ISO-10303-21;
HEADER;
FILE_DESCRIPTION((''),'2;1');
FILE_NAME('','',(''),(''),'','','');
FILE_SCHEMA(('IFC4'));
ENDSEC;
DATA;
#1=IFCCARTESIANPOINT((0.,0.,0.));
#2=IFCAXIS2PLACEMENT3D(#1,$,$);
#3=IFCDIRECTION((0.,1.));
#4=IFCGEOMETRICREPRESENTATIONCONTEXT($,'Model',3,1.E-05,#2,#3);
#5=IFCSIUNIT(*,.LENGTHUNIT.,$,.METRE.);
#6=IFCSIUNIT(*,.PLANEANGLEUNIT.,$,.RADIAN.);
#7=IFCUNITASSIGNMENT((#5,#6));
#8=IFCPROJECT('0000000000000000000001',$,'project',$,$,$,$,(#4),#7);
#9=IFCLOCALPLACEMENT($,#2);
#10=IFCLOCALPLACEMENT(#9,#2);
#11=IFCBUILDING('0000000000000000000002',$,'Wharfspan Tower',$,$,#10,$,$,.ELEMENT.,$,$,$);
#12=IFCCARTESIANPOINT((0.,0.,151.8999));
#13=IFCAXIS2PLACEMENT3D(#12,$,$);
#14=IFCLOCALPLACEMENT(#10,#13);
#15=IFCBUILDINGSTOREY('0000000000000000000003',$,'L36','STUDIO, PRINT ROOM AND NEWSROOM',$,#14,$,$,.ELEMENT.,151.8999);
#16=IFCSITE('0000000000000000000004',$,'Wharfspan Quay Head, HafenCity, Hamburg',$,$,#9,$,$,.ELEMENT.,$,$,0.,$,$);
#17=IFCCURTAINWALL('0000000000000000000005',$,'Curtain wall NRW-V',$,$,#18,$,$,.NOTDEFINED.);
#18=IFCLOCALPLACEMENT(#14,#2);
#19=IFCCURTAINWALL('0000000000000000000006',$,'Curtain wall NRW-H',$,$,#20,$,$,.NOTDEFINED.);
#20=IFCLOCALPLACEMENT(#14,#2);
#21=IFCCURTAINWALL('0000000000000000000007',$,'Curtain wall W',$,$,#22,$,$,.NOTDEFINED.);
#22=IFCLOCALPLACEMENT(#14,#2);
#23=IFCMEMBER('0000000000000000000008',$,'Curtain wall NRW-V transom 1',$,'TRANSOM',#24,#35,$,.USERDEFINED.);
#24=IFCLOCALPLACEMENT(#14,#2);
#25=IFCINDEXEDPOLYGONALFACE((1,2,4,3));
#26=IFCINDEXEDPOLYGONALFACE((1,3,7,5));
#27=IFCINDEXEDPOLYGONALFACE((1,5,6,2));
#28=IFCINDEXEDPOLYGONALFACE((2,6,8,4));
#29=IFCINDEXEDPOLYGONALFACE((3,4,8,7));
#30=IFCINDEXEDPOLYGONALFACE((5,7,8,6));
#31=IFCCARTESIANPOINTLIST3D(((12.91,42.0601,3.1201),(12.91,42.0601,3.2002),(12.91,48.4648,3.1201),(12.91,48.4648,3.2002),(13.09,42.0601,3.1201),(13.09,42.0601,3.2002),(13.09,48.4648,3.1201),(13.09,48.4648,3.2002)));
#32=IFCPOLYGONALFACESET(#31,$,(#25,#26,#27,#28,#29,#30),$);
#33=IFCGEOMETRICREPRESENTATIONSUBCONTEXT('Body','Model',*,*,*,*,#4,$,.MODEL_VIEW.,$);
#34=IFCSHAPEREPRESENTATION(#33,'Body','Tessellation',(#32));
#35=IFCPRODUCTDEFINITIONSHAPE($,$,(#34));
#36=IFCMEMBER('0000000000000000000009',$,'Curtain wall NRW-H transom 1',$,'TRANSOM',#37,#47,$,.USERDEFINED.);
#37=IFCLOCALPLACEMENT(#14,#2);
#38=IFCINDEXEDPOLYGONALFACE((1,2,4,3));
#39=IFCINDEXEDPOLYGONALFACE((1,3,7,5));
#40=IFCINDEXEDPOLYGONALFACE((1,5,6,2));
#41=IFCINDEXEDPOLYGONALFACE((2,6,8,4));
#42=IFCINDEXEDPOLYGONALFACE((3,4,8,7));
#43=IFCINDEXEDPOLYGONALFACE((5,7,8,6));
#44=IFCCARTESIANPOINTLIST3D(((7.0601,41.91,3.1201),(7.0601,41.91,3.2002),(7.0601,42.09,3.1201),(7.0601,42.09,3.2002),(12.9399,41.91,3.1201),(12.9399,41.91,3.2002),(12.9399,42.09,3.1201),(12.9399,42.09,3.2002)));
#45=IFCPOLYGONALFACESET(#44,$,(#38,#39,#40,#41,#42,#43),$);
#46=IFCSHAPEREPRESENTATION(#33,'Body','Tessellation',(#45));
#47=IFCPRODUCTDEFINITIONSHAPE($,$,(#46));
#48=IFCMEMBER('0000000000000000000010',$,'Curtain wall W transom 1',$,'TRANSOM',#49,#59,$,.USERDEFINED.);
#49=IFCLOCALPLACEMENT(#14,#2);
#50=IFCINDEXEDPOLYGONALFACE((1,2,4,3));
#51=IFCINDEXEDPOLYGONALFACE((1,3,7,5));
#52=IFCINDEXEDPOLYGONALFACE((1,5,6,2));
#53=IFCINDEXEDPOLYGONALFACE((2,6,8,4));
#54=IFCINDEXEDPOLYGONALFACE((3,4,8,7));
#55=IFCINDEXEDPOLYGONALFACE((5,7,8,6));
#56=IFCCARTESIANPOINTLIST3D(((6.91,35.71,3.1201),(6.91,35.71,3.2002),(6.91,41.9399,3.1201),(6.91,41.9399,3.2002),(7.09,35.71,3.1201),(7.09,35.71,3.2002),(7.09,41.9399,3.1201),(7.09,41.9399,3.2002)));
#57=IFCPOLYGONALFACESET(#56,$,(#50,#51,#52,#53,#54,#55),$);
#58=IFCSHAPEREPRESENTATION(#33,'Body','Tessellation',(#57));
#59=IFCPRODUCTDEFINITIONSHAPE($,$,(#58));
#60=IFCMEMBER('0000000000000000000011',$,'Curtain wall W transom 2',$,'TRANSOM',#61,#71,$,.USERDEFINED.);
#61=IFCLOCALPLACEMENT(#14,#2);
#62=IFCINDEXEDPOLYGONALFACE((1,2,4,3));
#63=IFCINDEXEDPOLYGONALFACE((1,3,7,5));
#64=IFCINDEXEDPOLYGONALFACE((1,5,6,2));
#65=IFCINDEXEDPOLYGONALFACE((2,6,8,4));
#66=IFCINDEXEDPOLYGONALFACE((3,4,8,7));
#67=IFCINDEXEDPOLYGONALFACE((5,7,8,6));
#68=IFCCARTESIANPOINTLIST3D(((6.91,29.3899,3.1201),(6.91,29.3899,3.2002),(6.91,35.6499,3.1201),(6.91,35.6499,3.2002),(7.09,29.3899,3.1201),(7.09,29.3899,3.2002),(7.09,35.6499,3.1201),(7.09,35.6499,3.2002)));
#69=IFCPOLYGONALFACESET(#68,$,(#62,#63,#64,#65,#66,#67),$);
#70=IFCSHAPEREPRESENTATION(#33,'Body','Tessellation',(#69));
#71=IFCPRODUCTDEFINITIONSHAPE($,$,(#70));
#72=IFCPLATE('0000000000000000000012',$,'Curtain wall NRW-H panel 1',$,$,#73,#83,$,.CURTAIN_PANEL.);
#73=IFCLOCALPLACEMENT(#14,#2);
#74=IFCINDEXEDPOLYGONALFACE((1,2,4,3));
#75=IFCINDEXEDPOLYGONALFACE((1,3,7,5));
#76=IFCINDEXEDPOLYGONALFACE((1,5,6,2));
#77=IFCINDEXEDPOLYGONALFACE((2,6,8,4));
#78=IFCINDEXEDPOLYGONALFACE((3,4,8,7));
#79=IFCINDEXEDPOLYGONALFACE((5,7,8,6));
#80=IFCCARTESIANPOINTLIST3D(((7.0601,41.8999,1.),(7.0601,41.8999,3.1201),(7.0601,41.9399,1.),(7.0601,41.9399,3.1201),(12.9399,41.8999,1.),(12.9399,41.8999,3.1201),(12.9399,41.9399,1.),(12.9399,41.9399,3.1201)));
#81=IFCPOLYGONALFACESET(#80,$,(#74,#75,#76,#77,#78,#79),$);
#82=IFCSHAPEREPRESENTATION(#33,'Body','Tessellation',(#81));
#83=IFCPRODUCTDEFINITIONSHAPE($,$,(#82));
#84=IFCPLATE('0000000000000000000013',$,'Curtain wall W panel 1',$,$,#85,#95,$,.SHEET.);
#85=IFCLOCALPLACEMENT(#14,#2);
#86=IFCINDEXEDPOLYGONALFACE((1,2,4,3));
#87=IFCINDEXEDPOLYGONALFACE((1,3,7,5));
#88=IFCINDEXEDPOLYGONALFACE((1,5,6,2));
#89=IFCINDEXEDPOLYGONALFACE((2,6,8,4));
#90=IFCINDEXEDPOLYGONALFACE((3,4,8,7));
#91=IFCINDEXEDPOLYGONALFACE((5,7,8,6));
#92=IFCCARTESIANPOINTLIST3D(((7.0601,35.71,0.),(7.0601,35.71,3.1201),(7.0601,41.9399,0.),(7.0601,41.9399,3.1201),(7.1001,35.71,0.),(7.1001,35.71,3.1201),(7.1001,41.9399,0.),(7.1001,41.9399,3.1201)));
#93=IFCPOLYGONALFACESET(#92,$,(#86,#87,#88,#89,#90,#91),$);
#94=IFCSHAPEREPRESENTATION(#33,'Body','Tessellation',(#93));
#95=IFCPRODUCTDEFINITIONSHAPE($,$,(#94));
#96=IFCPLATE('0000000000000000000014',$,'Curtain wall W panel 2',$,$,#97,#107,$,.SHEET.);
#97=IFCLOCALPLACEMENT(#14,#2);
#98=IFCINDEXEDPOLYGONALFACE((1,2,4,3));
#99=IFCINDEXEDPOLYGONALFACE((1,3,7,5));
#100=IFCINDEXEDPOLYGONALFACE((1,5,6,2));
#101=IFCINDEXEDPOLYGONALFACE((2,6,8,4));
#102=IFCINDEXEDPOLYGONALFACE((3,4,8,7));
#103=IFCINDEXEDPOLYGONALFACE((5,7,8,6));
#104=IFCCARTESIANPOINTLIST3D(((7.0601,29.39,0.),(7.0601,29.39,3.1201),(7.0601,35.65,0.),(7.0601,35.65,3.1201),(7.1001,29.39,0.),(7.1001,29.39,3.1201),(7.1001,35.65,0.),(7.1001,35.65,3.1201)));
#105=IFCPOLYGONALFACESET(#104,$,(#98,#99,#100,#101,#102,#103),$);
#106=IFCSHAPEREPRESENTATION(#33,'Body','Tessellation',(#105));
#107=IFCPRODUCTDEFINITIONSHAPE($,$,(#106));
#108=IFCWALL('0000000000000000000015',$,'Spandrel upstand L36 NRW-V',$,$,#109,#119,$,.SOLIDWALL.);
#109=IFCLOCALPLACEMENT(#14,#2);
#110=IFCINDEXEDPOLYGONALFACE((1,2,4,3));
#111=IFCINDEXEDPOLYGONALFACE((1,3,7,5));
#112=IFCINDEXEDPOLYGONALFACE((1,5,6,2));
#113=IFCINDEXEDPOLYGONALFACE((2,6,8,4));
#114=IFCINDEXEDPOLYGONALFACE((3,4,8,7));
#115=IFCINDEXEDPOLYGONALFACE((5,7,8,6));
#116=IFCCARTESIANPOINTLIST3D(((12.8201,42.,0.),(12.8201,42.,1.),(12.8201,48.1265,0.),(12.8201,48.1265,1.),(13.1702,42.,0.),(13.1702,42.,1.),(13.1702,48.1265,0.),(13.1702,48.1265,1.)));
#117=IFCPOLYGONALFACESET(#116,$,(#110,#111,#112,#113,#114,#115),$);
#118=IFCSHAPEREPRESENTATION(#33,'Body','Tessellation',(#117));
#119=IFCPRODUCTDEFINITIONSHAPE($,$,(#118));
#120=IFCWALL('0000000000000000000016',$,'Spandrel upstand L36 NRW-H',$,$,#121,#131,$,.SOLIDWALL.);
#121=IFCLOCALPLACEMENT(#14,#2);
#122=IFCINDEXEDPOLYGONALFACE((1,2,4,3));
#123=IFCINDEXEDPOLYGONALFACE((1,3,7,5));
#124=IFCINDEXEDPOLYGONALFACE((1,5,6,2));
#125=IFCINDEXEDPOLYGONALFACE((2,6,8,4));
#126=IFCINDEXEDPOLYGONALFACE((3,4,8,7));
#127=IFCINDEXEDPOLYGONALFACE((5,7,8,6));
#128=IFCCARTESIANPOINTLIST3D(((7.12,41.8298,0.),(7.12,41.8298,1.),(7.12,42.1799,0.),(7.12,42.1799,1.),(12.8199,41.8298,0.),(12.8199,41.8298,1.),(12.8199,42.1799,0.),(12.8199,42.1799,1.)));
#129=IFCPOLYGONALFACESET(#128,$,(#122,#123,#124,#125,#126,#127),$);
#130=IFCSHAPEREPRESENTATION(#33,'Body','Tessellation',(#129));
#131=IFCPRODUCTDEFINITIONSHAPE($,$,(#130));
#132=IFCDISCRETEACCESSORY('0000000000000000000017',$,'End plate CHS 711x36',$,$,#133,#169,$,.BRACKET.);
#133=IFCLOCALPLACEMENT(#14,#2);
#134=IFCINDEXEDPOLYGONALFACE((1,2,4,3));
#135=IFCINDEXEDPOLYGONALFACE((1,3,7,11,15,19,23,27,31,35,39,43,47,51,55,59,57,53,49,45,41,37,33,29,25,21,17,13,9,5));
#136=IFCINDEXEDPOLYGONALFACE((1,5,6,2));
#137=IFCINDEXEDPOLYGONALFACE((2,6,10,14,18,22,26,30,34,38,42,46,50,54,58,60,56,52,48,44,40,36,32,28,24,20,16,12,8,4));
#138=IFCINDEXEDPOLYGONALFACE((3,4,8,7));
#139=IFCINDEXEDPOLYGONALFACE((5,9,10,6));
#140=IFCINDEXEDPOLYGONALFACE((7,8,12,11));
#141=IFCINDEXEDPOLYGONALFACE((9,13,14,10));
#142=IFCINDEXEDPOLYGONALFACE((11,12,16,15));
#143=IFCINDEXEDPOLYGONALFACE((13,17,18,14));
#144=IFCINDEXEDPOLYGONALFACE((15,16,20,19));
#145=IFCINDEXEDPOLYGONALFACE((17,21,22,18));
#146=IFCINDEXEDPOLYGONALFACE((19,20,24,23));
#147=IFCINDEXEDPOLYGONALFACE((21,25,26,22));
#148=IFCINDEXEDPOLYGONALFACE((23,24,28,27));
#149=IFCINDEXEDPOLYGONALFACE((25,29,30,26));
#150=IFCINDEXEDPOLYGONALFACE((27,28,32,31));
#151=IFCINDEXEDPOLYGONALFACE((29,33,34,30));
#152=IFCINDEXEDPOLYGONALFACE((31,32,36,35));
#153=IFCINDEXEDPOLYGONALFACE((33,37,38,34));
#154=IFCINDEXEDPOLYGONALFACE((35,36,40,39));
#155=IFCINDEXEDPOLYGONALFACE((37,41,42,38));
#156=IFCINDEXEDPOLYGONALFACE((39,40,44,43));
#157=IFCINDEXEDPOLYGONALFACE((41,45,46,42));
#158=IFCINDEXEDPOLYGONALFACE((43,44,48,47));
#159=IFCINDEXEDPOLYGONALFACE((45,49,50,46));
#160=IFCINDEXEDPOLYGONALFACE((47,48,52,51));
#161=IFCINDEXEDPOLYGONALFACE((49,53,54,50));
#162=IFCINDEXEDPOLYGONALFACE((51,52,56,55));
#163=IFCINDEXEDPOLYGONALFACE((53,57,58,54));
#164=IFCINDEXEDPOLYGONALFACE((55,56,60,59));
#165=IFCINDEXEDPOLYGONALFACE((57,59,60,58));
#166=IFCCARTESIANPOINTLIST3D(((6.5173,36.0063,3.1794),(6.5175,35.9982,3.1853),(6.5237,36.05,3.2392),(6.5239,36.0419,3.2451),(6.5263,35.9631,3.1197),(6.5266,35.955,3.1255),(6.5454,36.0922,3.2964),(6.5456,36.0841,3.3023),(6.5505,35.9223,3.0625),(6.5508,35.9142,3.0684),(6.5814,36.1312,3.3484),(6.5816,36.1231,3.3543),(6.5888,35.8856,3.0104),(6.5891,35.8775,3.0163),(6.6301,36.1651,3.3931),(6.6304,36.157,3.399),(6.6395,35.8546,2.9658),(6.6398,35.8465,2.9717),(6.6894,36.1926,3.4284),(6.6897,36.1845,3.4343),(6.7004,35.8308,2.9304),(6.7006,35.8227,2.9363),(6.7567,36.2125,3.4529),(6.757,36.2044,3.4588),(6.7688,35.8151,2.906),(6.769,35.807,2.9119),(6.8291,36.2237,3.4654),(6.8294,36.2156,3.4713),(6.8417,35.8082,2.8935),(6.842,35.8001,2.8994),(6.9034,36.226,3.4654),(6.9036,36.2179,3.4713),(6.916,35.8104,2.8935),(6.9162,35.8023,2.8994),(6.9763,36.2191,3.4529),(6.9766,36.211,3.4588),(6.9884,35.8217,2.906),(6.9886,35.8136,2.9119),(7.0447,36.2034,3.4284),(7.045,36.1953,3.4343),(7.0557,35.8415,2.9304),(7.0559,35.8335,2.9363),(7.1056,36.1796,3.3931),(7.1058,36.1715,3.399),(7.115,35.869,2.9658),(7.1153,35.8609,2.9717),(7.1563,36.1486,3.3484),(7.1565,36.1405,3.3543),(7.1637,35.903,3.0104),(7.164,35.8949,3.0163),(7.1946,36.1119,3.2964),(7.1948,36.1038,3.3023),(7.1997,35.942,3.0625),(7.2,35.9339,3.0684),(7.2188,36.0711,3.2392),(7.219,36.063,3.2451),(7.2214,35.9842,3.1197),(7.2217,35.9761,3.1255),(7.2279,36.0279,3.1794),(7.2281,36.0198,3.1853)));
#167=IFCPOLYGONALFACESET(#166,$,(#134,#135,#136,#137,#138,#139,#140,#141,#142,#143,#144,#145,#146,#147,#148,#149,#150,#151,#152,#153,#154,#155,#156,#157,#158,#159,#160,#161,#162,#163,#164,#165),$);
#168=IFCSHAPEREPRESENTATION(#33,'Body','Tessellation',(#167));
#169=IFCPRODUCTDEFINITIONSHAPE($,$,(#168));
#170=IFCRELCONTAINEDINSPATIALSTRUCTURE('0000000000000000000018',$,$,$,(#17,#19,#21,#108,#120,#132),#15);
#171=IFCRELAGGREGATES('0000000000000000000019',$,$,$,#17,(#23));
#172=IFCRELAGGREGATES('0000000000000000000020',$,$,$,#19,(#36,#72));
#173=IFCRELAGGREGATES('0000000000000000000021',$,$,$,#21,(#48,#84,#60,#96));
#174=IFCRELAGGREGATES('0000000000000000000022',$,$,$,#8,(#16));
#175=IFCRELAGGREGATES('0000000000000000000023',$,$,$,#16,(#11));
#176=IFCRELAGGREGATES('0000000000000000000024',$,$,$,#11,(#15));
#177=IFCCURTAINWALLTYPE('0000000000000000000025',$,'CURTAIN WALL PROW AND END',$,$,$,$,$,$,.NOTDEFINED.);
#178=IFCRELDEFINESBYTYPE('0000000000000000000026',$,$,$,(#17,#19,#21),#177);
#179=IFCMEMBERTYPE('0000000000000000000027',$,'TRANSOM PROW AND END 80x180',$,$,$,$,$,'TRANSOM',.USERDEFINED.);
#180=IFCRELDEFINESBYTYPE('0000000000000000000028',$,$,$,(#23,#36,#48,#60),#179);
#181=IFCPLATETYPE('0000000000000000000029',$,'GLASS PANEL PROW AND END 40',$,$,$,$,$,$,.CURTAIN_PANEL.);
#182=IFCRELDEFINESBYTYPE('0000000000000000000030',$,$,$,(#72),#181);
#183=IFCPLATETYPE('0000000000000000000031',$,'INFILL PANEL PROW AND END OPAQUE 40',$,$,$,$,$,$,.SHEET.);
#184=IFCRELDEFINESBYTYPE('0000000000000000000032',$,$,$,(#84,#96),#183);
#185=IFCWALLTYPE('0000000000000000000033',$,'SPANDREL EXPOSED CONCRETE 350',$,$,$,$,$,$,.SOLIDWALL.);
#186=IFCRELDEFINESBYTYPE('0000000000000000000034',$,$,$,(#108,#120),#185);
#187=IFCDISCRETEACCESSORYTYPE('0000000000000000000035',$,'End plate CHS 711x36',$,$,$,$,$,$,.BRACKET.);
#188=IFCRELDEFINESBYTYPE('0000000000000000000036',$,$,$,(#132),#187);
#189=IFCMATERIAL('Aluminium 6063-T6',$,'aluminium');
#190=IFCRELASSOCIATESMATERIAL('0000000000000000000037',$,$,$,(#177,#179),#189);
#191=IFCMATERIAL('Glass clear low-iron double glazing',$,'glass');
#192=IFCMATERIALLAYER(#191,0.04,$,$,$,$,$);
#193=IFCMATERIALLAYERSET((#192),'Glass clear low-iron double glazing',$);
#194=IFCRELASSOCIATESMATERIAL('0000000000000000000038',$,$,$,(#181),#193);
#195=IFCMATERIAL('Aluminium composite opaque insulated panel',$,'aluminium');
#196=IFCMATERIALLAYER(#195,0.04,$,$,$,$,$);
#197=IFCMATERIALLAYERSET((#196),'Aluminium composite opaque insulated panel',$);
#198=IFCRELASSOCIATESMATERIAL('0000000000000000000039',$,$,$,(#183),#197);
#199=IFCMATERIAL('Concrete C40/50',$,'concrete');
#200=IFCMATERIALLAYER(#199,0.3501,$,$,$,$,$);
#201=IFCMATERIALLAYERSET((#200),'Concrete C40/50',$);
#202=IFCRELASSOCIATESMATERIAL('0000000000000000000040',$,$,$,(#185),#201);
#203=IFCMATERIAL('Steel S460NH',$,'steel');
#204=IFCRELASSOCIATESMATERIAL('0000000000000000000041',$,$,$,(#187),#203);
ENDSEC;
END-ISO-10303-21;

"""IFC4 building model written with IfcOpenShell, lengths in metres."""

from ifc_helpers import new_model, si_unit, direction, frame, frame_2d, origin, origin_2d, place, context, subcontext, project, spatial, rectangle, circle, extrude, material, layer, layer_set, material_profile, profile_set, type_object, element, aggregate, save


model = new_model("IFC4")

# Units and contexts
model_context = context("Model", 3, precision=1e-05, world=origin(), true_north=direction((0.0, 1.0)))
body_context = subcontext(model_context, "Body", "Model", "MODEL_VIEW")
ifc_project = project(units=[si_unit("LENGTHUNIT", "METRE"), si_unit("PLANEANGLEUNIT", "RADIAN")], contexts=[model_context])

# Site, building, storey
site_placement = place(None, origin())
site = spatial("IfcSite", under=ifc_project, at=site_placement, Name="Wharfspan Quay Head, HafenCity, Hamburg", CompositionType="ELEMENT", RefElevation=0.0)
building_placement = place(site_placement, origin())
building = spatial("IfcBuilding", under=site, at=building_placement, Name="Wharfspan Tower", CompositionType="ELEMENT")
storey_placement = place(building_placement, frame((0.0, 0.0, 151.8999)))
storey = spatial("IfcBuildingStorey", under=building, at=storey_placement, Name="L36", Description="STUDIO, PRINT ROOM AND NEWSROOM", CompositionType="ELEMENT", Elevation=151.8999)

# Shared definitions
ifc_material_1 = material(Name="Steel S460NH", Category="steel")

# Curtain walls
ifc_material_2 = material(Name="Aluminium 6063-T6", Category="aluminium")
curtain_wall_type = type_object("IfcCurtainWallType", Name="CURTAIN WALL PROW AND END", PredefinedType="NOTDEFINED", material=ifc_material_2)
curtain_wall_1_placement = place(storey_placement, origin())
curtain_wall_1 = element("IfcCurtainWall", 1, at=curtain_wall_1_placement, inside=storey, type_object=curtain_wall_type, Name="Curtain wall NRW-V", PredefinedType="NOTDEFINED")
curtain_wall_2_placement = place(storey_placement, origin())
curtain_wall_2 = element("IfcCurtainWall", 2, at=curtain_wall_2_placement, inside=storey, type_object=curtain_wall_type, Name="Curtain wall NRW-H", PredefinedType="NOTDEFINED")
curtain_wall_3_placement = place(storey_placement, origin())
curtain_wall_3 = element("IfcCurtainWall", 3, at=curtain_wall_3_placement, inside=storey, type_object=curtain_wall_type, Name="Curtain wall W", PredefinedType="NOTDEFINED")

# Members
ifc_material_profile_1 = material_profile(ifc_material_2, rectangle(XDim=0.1799, YDim=0.0801, at=origin_2d()))
ifc_profile_set_1 = profile_set([ifc_material_profile_1], Name="Aluminium 6063-T6")
member_type_1 = type_object("IfcMemberType", Name="TRANSOM PROW AND END 80x180", ElementType="TRANSOM", PredefinedType="USERDEFINED", material=ifc_profile_set_1)
member_1_placement = place(storey_placement, frame((13.0, 48.4648, 3.1602), z_axis=(0.0, -1.0, 0.0), x_axis=(1.0, 0.0, 0.0)))
member_1 = element("IfcMember", 4, at=member_1_placement, type_object=member_type_1, Name="Curtain wall NRW-V transom 1", ObjectType="TRANSOM", PredefinedType="USERDEFINED", context=body_context, shape_type="SweptSolid", body=[
    extrude(rectangle(XDim=0.1799, YDim=0.0801, at=origin_2d()), origin(), (0.0, 0.0, 1.0), 6.4048),
])
aggregate(curtain_wall_1, [member_1])
member_2_placement = place(storey_placement, frame((12.9399, 42.0, 3.1602), z_axis=(-1.0, 0.0, 0.0), x_axis=(0.0, -1.0, 0.0)))
member_2 = element("IfcMember", 5, at=member_2_placement, type_object=member_type_1, Name="Curtain wall NRW-H transom 1", ObjectType="TRANSOM", PredefinedType="USERDEFINED", context=body_context, shape_type="SweptSolid", body=[
    extrude(rectangle(XDim=0.1799, YDim=0.0801, at=origin_2d()), origin(), (0.0, 0.0, 1.0), 5.8799),
])
member_3_placement = place(storey_placement, frame((7.0, 41.9399, 3.1602), z_axis=(0.0, -1.0, 0.0), x_axis=(1.0, 0.0, 0.0)))
member_3 = element("IfcMember", 6, at=member_3_placement, type_object=member_type_1, Name="Curtain wall W transom 1", ObjectType="TRANSOM", PredefinedType="USERDEFINED", context=body_context, shape_type="SweptSolid", body=[
    extrude(rectangle(XDim=0.1799, YDim=0.0801, at=origin_2d()), origin(), (0.0, 0.0, 1.0), 6.23),
])
member_4_placement = place(storey_placement, frame((7.0, 35.6499, 3.1602), z_axis=(0.0, -1.0, 0.0), x_axis=(1.0, 0.0, 0.0)))
member_4 = element("IfcMember", 7, at=member_4_placement, type_object=member_type_1, Name="Curtain wall W transom 2", ObjectType="TRANSOM", PredefinedType="USERDEFINED", context=body_context, shape_type="SweptSolid", body=[
    extrude(rectangle(XDim=0.1799, YDim=0.0801, at=origin_2d()), origin(), (0.0, 0.0, 1.0), 6.26),
])

# Plates
ifc_material_3 = material(Name="Glass clear low-iron double glazing", Category="glass")
ifc_layer_1 = layer(ifc_material_3, 0.04)
ifc_layer_set_1 = layer_set([ifc_layer_1], Name="Glass clear low-iron double glazing")
plate_type_1 = type_object("IfcPlateType", Name="GLASS PANEL PROW AND END 40", PredefinedType="CURTAIN_PANEL", material=ifc_layer_set_1)
plate_1_placement = place(storey_placement, frame((10.0, 41.9199, 1.0), z_axis=(0.0, 0.0, 1.0), x_axis=(-1.0, 0.0, 0.0)))
plate_1 = element("IfcPlate", 8, at=plate_1_placement, type_object=plate_type_1, Name="Curtain wall NRW-H panel 1", PredefinedType="CURTAIN_PANEL", context=body_context, shape_type="SweptSolid", body=[
    extrude(rectangle(XDim=5.8799, YDim=0.04, at=origin_2d()), origin(), (0.0, 0.0, 1.0), 2.1201),
])
aggregate(curtain_wall_2, [member_2, plate_1])
ifc_material_4 = material(Name="Aluminium composite opaque insulated panel", Category="aluminium")
ifc_layer_2 = layer(ifc_material_4, 0.04)
ifc_layer_set_2 = layer_set([ifc_layer_2], Name="Aluminium composite opaque insulated panel")
plate_type_2 = type_object("IfcPlateType", Name="INFILL PANEL PROW AND END OPAQUE 40", PredefinedType="SHEET", material=ifc_layer_set_2)
plate_2_placement = place(storey_placement, frame((7.0801, 38.825, 0.0), z_axis=(0.0, 0.0, 1.0), x_axis=(0.0, -1.0, 0.0)))
plate_2 = element("IfcPlate", 9, at=plate_2_placement, type_object=plate_type_2, Name="Curtain wall W panel 1", PredefinedType="SHEET", context=body_context, shape_type="SweptSolid", body=[
    extrude(rectangle(XDim=6.23, YDim=0.04, at=origin_2d()), origin(), (0.0, 0.0, 1.0), 3.1201),
])
plate_3_placement = place(storey_placement, frame((7.0801, 32.52, 0.0), z_axis=(0.0, 0.0, 1.0), x_axis=(0.0, -1.0, 0.0)))
plate_3 = element("IfcPlate", 10, at=plate_3_placement, type_object=plate_type_2, Name="Curtain wall W panel 2", PredefinedType="SHEET", context=body_context, shape_type="SweptSolid", body=[
    extrude(rectangle(XDim=6.26, YDim=0.04, at=origin_2d()), origin(), (0.0, 0.0, 1.0), 3.1201),
])
aggregate(curtain_wall_3, [member_3, plate_2, member_4, plate_3])

# Walls
ifc_material_5 = material(Name="Concrete C40/50", Category="concrete")
ifc_layer_3 = layer(ifc_material_5, 0.3501)
ifc_layer_set_3 = layer_set([ifc_layer_3], Name="Concrete C40/50")
wall_type = type_object("IfcWallType", Name="SPANDREL EXPOSED CONCRETE 350", PredefinedType="SOLIDWALL", material=ifc_layer_set_3)
wall_1_placement = place(storey_placement, frame((12.9951, 48.1265, 0.0), z_axis=(0.0, 0.0, 1.0), x_axis=(0.0, -1.0, 0.0)))
element("IfcWall", 11, at=wall_1_placement, inside=storey, type_object=wall_type, Name="Spandrel upstand L36 NRW-V", PredefinedType="SOLIDWALL", context=body_context, shape_type="SweptSolid", body=[
    extrude(rectangle(XDim=6.1265, YDim=0.3501, at=frame_2d((3.0632, 0.0))), origin(), (0.0, 0.0, 1.0), 1.0),
])
wall_2_placement = place(storey_placement, frame((12.8201, 42.0049, 0.0), z_axis=(0.0, 0.0, 1.0), x_axis=(-1.0, 0.0, 0.0)))
element("IfcWall", 12, at=wall_2_placement, inside=storey, type_object=wall_type, Name="Spandrel upstand L36 NRW-H", PredefinedType="SOLIDWALL", context=body_context, shape_type="SweptSolid", body=[
    extrude(rectangle(XDim=5.7, YDim=0.3501, at=frame_2d((2.8501, 0.0))), origin(), (0.0, 0.0, 1.0), 1.0),
])

# Discrete accessory
ifc_material_profile_2 = material_profile(ifc_material_1, circle(Radius=0.3555, at=origin_2d()))
ifc_profile_set_2 = profile_set([ifc_material_profile_2], Name="Steel S460NH")
discrete_accessory_type = type_object("IfcDiscreteAccessoryType", Name="End plate CHS 711x36", PredefinedType="BRACKET", material=ifc_profile_set_2)
discrete_accessory_1_placement = place(storey_placement, frame((6.8726, 36.0171, 3.1794), z_axis=(0.0245, -0.808493, 0.587995), x_axis=(0.999537, 0.03029, 0.000001)))
element("IfcDiscreteAccessory", 13, at=discrete_accessory_1_placement, inside=storey, type_object=discrete_accessory_type, Name="End plate CHS 711x36", PredefinedType="BRACKET", context=body_context, shape_type="SweptSolid", body=[
    extrude(circle(Radius=0.3555, at=origin_2d()), origin(), (0.0, 0.0, 1.0), 0.01),
])

save(model, "model.ifc")
